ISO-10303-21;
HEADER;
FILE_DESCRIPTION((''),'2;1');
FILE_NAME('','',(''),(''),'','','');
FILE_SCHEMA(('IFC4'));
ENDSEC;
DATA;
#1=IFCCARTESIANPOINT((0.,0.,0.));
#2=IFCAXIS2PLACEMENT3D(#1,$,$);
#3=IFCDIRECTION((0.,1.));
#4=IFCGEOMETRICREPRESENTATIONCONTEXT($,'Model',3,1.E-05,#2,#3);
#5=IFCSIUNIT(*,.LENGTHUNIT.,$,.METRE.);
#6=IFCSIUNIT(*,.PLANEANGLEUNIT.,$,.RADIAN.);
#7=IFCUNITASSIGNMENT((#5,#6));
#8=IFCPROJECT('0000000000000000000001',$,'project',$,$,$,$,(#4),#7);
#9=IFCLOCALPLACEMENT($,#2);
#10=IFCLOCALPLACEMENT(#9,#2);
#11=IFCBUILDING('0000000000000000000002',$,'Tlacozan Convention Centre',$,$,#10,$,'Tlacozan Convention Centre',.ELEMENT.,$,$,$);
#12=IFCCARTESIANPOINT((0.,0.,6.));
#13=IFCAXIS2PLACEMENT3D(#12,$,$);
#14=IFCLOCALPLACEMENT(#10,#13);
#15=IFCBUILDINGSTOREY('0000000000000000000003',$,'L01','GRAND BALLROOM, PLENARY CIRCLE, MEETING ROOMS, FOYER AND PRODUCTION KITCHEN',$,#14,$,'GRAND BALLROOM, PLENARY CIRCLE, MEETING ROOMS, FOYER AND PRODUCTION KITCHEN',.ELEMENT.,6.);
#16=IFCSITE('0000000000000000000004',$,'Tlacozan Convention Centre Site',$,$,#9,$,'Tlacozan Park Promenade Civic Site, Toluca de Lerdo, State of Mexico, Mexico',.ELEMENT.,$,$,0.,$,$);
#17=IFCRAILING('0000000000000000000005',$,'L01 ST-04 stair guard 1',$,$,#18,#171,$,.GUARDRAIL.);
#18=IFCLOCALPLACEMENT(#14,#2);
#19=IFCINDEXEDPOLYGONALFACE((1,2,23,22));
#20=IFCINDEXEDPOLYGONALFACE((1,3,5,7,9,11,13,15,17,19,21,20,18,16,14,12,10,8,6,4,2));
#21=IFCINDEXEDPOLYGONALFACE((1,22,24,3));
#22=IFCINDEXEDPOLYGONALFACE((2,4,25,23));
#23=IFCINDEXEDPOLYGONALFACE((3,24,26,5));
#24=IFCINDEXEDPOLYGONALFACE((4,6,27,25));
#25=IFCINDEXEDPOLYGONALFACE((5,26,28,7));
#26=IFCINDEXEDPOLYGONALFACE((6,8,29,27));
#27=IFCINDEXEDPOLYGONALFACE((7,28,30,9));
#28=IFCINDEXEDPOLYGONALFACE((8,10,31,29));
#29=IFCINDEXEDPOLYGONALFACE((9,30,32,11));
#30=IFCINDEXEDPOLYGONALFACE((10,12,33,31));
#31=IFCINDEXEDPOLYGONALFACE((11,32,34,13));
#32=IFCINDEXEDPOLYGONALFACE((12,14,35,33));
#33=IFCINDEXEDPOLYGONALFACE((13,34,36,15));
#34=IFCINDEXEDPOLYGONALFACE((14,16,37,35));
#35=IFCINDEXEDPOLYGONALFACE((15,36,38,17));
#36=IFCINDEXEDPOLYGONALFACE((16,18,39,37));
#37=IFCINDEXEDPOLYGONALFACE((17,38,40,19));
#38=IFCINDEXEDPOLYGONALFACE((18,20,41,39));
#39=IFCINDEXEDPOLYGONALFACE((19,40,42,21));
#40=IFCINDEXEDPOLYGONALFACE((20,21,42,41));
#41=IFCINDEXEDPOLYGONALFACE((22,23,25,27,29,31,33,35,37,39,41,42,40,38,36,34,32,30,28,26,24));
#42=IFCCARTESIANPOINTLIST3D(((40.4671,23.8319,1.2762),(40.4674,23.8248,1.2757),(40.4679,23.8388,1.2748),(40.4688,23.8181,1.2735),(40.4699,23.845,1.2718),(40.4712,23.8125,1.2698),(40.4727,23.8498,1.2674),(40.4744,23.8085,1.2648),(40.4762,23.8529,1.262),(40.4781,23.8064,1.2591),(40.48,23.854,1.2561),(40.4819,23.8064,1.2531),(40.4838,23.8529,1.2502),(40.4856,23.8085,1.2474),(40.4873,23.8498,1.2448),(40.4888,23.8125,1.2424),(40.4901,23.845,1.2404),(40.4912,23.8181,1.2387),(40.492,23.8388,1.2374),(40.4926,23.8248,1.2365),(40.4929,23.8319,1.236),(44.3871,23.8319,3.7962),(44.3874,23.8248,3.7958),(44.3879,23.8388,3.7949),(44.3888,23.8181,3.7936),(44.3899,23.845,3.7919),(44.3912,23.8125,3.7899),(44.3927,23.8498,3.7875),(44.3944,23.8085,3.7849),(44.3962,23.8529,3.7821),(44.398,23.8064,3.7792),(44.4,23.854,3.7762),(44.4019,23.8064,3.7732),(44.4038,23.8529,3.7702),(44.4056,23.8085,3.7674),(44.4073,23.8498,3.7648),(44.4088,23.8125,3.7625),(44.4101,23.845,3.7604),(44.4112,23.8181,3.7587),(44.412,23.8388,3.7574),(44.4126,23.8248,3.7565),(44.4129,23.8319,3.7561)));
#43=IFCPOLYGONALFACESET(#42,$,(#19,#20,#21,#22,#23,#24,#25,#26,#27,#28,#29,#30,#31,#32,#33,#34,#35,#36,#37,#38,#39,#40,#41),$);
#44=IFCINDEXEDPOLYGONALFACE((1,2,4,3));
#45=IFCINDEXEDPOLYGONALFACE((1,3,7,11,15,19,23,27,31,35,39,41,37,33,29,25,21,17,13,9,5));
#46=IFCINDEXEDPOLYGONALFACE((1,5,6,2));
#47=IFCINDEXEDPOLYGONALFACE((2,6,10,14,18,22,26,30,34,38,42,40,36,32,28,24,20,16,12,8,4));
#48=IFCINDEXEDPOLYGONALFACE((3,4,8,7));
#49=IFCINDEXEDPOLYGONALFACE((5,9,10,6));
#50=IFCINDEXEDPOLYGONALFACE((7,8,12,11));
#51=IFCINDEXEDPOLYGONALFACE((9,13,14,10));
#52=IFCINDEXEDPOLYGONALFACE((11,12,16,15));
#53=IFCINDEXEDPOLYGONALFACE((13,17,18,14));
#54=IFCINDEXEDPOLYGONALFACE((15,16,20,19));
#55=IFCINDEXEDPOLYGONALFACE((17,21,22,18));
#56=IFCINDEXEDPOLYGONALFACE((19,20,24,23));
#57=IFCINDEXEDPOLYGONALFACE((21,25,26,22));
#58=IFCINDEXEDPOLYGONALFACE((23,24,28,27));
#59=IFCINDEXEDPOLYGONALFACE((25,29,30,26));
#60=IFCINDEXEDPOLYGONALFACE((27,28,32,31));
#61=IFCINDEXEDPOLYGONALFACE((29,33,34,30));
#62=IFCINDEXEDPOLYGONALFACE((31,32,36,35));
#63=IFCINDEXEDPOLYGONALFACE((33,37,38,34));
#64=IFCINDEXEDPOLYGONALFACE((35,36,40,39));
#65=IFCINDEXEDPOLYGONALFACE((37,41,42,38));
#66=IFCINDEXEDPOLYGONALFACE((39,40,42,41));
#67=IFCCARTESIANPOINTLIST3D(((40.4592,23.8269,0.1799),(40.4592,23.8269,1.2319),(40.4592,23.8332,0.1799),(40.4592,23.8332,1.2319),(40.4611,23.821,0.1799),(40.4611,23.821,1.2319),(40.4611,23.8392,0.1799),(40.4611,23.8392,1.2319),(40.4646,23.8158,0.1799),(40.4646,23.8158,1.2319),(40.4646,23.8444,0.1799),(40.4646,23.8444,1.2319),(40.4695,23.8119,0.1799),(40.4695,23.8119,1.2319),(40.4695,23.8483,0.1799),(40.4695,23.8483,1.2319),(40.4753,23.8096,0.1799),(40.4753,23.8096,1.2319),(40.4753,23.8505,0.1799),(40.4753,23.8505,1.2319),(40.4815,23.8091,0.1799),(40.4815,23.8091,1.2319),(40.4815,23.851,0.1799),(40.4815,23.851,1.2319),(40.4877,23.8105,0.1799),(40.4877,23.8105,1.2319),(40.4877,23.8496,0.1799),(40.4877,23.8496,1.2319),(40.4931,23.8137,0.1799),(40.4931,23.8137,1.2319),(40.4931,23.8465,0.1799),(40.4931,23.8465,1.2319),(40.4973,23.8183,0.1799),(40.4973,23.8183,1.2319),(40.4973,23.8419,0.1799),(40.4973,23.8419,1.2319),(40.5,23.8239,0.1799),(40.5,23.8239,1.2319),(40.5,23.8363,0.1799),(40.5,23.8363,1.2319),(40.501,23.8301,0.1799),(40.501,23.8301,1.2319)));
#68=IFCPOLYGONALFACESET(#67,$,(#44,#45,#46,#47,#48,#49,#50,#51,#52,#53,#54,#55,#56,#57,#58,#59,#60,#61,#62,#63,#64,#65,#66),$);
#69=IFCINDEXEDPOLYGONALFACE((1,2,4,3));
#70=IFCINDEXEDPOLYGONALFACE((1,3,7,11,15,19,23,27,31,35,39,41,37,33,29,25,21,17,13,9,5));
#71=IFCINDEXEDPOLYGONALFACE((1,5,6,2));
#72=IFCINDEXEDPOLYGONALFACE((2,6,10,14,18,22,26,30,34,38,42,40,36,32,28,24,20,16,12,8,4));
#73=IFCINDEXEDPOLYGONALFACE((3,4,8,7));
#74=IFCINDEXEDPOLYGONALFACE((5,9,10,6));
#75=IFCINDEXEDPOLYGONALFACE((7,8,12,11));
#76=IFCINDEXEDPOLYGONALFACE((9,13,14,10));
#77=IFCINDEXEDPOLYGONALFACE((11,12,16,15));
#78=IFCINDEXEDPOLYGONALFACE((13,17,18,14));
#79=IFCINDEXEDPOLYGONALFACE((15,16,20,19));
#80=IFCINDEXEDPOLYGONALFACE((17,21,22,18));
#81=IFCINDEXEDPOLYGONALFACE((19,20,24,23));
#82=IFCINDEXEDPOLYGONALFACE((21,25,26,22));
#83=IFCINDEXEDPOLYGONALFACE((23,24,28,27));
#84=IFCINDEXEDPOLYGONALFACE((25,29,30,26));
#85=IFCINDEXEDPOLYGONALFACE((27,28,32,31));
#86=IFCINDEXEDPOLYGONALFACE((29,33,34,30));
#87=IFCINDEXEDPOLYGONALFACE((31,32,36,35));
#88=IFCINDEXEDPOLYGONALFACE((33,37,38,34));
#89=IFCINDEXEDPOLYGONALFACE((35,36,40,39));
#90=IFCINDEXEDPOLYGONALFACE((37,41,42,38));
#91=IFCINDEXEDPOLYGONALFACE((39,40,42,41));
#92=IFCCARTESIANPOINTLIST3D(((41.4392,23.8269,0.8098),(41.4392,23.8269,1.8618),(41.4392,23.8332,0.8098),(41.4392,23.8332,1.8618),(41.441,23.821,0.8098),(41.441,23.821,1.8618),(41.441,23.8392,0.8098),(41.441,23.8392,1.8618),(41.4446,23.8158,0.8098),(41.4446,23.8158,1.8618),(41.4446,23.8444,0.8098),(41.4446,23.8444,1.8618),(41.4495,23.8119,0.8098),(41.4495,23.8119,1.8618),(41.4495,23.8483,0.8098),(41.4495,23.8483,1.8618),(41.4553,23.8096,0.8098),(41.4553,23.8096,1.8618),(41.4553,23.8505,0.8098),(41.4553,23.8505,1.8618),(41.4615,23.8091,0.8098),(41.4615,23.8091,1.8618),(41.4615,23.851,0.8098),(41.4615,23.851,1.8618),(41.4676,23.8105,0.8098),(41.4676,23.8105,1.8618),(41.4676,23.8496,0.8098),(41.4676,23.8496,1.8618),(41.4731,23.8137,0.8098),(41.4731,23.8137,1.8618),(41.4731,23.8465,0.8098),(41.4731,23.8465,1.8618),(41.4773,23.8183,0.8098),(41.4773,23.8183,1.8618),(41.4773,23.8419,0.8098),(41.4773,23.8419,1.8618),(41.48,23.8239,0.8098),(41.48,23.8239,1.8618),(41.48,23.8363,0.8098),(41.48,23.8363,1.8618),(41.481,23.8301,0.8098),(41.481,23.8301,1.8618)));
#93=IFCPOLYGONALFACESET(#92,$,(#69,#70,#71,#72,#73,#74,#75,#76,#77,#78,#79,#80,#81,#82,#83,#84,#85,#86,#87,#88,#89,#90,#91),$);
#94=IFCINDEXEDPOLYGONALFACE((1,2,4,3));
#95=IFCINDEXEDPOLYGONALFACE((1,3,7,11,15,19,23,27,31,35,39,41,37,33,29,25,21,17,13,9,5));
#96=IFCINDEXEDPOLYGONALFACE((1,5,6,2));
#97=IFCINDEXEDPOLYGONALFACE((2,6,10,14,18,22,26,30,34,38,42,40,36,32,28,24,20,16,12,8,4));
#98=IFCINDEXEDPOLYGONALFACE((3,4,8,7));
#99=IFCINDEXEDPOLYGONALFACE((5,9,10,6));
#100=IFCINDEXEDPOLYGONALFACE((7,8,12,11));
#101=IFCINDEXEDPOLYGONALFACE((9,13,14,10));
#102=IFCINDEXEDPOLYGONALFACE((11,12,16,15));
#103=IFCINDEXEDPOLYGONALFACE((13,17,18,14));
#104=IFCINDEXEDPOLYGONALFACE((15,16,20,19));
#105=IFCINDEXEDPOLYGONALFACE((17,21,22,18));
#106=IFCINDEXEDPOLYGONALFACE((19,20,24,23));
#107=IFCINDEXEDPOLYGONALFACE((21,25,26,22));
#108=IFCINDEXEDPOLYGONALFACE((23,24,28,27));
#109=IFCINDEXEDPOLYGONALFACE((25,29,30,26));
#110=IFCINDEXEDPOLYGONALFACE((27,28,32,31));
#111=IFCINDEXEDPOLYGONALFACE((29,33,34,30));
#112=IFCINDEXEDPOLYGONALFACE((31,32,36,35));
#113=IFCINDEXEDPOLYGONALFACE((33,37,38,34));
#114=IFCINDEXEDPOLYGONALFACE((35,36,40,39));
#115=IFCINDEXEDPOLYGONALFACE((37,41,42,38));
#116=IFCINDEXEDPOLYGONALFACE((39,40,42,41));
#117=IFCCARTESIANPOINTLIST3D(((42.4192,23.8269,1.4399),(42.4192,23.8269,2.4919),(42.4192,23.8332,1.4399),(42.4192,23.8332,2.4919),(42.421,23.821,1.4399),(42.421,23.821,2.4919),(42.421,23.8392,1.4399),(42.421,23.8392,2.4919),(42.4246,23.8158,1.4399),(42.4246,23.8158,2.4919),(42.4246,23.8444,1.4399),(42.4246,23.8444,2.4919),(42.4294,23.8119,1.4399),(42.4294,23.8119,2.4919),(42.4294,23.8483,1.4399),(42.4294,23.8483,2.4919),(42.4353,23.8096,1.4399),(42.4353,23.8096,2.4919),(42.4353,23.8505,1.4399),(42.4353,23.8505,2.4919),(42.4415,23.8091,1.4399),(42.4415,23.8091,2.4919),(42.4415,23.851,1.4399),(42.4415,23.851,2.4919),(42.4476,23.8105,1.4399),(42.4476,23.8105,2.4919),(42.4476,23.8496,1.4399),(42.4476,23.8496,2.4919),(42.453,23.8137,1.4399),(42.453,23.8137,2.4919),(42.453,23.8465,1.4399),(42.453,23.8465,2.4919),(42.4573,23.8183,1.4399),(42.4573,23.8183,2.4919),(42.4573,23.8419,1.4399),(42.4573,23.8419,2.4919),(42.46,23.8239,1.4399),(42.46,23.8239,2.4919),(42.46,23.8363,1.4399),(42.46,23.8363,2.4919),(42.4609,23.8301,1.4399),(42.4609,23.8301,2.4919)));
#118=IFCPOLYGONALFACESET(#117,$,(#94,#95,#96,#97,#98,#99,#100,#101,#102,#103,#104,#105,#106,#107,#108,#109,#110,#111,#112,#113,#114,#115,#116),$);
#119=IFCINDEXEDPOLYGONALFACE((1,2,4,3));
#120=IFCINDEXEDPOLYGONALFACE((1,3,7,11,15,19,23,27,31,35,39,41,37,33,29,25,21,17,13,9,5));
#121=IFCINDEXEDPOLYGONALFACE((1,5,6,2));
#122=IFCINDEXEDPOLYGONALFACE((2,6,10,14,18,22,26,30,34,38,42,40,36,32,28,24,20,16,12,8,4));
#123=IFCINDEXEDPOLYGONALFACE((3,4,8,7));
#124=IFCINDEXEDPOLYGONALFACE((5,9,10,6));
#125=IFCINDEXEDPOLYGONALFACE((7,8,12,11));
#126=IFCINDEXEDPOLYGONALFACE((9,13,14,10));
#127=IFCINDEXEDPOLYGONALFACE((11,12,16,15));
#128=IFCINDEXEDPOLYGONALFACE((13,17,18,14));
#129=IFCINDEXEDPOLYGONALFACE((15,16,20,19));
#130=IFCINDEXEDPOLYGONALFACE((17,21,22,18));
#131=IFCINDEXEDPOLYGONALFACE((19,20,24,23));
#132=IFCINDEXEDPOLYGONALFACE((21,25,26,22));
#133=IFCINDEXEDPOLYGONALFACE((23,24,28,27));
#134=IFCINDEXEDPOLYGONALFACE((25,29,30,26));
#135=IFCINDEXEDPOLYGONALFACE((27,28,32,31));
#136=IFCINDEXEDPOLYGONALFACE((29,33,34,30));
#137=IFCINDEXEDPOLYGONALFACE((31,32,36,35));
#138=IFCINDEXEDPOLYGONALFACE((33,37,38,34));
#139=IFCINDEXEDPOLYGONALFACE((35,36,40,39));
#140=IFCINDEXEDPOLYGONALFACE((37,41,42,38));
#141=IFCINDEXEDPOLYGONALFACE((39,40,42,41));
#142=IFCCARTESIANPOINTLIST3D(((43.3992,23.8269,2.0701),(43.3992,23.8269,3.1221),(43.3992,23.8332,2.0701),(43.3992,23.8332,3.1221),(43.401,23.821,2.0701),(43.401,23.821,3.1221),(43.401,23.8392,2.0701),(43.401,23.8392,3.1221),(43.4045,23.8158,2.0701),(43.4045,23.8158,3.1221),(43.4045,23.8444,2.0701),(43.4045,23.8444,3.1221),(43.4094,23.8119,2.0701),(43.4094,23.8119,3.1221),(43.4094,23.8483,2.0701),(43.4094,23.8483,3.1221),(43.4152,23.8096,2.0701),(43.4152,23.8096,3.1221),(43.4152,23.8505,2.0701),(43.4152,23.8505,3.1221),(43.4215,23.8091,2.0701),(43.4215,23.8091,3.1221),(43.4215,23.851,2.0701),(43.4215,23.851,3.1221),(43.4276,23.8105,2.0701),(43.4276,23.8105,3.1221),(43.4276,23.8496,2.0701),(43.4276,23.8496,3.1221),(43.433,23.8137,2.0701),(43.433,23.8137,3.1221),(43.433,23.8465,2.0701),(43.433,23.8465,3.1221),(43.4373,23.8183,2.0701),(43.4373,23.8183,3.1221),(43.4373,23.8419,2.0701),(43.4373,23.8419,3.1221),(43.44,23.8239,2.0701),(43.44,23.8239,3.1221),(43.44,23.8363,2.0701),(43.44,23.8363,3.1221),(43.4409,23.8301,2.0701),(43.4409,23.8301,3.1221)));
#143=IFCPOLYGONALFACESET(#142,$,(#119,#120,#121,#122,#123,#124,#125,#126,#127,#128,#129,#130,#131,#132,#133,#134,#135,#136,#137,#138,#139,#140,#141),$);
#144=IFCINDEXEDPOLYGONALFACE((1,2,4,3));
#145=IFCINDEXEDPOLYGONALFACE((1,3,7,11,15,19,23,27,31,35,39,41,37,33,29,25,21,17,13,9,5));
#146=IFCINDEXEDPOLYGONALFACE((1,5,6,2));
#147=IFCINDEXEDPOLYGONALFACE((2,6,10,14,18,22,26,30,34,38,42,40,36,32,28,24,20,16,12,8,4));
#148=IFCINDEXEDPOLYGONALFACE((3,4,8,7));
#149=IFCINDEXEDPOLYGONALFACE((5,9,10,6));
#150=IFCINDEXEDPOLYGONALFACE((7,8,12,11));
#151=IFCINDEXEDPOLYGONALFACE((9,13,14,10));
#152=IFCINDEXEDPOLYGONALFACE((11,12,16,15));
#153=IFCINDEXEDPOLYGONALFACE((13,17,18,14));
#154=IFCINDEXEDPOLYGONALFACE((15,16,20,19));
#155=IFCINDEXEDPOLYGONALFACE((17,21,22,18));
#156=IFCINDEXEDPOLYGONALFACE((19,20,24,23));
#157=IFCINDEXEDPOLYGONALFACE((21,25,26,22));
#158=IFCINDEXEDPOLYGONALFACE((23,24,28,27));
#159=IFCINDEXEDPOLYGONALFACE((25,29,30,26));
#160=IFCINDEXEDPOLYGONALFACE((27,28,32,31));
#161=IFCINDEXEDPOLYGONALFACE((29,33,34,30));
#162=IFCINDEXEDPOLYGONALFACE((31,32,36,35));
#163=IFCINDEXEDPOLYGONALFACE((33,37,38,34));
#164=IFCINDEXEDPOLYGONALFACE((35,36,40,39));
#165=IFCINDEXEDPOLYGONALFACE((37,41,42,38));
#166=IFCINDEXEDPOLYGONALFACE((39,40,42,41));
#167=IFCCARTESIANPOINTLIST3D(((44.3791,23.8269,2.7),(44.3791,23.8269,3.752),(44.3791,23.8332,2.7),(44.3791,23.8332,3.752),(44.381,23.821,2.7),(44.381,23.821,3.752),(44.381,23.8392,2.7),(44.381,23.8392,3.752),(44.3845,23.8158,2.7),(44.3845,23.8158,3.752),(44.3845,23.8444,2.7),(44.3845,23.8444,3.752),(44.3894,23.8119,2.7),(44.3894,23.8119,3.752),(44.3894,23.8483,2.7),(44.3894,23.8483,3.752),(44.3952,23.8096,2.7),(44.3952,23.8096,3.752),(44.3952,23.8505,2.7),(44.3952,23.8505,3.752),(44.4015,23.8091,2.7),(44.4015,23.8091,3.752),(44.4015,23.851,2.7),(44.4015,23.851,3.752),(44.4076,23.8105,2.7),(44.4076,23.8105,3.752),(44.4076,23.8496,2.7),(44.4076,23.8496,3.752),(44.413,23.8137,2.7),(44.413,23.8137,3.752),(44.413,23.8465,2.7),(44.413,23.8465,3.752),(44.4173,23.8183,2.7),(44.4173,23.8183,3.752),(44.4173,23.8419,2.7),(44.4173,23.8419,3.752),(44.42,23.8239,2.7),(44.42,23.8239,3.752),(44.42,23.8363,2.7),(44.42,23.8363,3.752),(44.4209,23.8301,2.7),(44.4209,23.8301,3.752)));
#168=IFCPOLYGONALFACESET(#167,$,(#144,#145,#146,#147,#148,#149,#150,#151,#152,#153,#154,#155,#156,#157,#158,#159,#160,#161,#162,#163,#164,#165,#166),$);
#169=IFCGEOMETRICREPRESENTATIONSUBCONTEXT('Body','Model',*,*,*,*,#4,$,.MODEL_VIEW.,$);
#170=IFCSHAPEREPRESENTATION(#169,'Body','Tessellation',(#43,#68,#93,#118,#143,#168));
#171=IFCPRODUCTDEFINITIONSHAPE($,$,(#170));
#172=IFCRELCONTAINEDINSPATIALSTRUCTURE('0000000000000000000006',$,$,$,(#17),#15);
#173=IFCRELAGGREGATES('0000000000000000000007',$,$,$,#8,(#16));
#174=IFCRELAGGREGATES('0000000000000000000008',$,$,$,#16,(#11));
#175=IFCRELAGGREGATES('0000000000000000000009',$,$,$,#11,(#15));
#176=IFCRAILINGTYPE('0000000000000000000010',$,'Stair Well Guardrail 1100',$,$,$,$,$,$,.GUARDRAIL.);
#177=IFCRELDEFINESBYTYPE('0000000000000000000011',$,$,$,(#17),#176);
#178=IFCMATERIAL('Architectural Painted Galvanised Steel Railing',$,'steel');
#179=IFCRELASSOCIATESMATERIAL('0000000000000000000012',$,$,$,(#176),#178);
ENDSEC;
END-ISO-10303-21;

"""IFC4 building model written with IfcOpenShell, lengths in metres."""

from ifc_helpers import new_model, si_unit, direction, frame, origin, origin_2d, place, context, subcontext, project, spatial, circle, extrude, material, type_object, element, save


model = new_model("IFC4")

# Units and contexts
model_context = context("Model", 3, precision=1e-05, world=origin(), true_north=direction((0.0, 1.0)))
body_context = subcontext(model_context, "Body", "Model", "MODEL_VIEW")
ifc_project = project(units=[si_unit("LENGTHUNIT", "METRE"), si_unit("PLANEANGLEUNIT", "RADIAN")], contexts=[model_context])

# Site, building, storey
site_placement = place(None, origin())
site = spatial("IfcSite", under=ifc_project, at=site_placement, Name="Tlacozan Convention Centre Site", LongName="Tlacozan Park Promenade Civic Site, Toluca de Lerdo, State of Mexico, Mexico", CompositionType="ELEMENT", RefElevation=0.0)
building_placement = place(site_placement, origin())
building = spatial("IfcBuilding", under=site, at=building_placement, Name="Tlacozan Convention Centre", LongName="Tlacozan Convention Centre", CompositionType="ELEMENT")
storey_placement = place(building_placement, frame((0.0, 0.0, 6.0)))
storey = spatial("IfcBuildingStorey", under=building, at=storey_placement, Name="L01", Description="GRAND BALLROOM, PLENARY CIRCLE, MEETING ROOMS, FOYER AND PRODUCTION KITCHEN", LongName="GRAND BALLROOM, PLENARY CIRCLE, MEETING ROOMS, FOYER AND PRODUCTION KITCHEN", CompositionType="ELEMENT", Elevation=6.0)

# Railing
ifc_material_1 = material(Name="Architectural Painted Galvanised Steel Railing", Category="steel")
railing_type_1 = type_object("IfcRailingType", Name="Stair Well Guardrail 1100", PredefinedType="GUARDRAIL", material=ifc_material_1)
railing_1_placement = place(storey_placement, frame((40.48, 23.8301, 0.1799)))
element("IfcRailing", 1, at=railing_1_placement, inside=storey, type_object=railing_type_1, Name="L01 ST-04 stair guard 1", PredefinedType="GUARDRAIL", context=body_context, shape_type="SweptSolid", body=[
    extrude(circle(Radius=0.0239, at=origin_2d()), frame((0.0, 0.0, 1.0762), z_axis=(0.841172, 0.0, 0.540768), x_axis=(0.0, 1.0, 0.0)), (0.0, 0.0, 1.0), 4.6602),
    extrude(circle(Radius=0.021, at=origin_2d()), origin(), (0.0, 0.0, 1.0), 1.052),
    extrude(circle(Radius=0.021, at=origin_2d()), frame((0.98, 0.0, 0.6299)), (0.0, 0.0, 1.0), 1.052),
    extrude(circle(Radius=0.021, at=origin_2d()), frame((1.96, 0.0, 1.26)), (0.0, 0.0, 1.0), 1.052),
    extrude(circle(Radius=0.021, at=origin_2d()), frame((2.9399, 0.0, 1.8901)), (0.0, 0.0, 1.0), 1.052),
    extrude(circle(Radius=0.021, at=origin_2d()), frame((3.9199, 0.0, 2.52)), (0.0, 0.0, 1.0), 1.052),
])

save(model, "model.ifc")
